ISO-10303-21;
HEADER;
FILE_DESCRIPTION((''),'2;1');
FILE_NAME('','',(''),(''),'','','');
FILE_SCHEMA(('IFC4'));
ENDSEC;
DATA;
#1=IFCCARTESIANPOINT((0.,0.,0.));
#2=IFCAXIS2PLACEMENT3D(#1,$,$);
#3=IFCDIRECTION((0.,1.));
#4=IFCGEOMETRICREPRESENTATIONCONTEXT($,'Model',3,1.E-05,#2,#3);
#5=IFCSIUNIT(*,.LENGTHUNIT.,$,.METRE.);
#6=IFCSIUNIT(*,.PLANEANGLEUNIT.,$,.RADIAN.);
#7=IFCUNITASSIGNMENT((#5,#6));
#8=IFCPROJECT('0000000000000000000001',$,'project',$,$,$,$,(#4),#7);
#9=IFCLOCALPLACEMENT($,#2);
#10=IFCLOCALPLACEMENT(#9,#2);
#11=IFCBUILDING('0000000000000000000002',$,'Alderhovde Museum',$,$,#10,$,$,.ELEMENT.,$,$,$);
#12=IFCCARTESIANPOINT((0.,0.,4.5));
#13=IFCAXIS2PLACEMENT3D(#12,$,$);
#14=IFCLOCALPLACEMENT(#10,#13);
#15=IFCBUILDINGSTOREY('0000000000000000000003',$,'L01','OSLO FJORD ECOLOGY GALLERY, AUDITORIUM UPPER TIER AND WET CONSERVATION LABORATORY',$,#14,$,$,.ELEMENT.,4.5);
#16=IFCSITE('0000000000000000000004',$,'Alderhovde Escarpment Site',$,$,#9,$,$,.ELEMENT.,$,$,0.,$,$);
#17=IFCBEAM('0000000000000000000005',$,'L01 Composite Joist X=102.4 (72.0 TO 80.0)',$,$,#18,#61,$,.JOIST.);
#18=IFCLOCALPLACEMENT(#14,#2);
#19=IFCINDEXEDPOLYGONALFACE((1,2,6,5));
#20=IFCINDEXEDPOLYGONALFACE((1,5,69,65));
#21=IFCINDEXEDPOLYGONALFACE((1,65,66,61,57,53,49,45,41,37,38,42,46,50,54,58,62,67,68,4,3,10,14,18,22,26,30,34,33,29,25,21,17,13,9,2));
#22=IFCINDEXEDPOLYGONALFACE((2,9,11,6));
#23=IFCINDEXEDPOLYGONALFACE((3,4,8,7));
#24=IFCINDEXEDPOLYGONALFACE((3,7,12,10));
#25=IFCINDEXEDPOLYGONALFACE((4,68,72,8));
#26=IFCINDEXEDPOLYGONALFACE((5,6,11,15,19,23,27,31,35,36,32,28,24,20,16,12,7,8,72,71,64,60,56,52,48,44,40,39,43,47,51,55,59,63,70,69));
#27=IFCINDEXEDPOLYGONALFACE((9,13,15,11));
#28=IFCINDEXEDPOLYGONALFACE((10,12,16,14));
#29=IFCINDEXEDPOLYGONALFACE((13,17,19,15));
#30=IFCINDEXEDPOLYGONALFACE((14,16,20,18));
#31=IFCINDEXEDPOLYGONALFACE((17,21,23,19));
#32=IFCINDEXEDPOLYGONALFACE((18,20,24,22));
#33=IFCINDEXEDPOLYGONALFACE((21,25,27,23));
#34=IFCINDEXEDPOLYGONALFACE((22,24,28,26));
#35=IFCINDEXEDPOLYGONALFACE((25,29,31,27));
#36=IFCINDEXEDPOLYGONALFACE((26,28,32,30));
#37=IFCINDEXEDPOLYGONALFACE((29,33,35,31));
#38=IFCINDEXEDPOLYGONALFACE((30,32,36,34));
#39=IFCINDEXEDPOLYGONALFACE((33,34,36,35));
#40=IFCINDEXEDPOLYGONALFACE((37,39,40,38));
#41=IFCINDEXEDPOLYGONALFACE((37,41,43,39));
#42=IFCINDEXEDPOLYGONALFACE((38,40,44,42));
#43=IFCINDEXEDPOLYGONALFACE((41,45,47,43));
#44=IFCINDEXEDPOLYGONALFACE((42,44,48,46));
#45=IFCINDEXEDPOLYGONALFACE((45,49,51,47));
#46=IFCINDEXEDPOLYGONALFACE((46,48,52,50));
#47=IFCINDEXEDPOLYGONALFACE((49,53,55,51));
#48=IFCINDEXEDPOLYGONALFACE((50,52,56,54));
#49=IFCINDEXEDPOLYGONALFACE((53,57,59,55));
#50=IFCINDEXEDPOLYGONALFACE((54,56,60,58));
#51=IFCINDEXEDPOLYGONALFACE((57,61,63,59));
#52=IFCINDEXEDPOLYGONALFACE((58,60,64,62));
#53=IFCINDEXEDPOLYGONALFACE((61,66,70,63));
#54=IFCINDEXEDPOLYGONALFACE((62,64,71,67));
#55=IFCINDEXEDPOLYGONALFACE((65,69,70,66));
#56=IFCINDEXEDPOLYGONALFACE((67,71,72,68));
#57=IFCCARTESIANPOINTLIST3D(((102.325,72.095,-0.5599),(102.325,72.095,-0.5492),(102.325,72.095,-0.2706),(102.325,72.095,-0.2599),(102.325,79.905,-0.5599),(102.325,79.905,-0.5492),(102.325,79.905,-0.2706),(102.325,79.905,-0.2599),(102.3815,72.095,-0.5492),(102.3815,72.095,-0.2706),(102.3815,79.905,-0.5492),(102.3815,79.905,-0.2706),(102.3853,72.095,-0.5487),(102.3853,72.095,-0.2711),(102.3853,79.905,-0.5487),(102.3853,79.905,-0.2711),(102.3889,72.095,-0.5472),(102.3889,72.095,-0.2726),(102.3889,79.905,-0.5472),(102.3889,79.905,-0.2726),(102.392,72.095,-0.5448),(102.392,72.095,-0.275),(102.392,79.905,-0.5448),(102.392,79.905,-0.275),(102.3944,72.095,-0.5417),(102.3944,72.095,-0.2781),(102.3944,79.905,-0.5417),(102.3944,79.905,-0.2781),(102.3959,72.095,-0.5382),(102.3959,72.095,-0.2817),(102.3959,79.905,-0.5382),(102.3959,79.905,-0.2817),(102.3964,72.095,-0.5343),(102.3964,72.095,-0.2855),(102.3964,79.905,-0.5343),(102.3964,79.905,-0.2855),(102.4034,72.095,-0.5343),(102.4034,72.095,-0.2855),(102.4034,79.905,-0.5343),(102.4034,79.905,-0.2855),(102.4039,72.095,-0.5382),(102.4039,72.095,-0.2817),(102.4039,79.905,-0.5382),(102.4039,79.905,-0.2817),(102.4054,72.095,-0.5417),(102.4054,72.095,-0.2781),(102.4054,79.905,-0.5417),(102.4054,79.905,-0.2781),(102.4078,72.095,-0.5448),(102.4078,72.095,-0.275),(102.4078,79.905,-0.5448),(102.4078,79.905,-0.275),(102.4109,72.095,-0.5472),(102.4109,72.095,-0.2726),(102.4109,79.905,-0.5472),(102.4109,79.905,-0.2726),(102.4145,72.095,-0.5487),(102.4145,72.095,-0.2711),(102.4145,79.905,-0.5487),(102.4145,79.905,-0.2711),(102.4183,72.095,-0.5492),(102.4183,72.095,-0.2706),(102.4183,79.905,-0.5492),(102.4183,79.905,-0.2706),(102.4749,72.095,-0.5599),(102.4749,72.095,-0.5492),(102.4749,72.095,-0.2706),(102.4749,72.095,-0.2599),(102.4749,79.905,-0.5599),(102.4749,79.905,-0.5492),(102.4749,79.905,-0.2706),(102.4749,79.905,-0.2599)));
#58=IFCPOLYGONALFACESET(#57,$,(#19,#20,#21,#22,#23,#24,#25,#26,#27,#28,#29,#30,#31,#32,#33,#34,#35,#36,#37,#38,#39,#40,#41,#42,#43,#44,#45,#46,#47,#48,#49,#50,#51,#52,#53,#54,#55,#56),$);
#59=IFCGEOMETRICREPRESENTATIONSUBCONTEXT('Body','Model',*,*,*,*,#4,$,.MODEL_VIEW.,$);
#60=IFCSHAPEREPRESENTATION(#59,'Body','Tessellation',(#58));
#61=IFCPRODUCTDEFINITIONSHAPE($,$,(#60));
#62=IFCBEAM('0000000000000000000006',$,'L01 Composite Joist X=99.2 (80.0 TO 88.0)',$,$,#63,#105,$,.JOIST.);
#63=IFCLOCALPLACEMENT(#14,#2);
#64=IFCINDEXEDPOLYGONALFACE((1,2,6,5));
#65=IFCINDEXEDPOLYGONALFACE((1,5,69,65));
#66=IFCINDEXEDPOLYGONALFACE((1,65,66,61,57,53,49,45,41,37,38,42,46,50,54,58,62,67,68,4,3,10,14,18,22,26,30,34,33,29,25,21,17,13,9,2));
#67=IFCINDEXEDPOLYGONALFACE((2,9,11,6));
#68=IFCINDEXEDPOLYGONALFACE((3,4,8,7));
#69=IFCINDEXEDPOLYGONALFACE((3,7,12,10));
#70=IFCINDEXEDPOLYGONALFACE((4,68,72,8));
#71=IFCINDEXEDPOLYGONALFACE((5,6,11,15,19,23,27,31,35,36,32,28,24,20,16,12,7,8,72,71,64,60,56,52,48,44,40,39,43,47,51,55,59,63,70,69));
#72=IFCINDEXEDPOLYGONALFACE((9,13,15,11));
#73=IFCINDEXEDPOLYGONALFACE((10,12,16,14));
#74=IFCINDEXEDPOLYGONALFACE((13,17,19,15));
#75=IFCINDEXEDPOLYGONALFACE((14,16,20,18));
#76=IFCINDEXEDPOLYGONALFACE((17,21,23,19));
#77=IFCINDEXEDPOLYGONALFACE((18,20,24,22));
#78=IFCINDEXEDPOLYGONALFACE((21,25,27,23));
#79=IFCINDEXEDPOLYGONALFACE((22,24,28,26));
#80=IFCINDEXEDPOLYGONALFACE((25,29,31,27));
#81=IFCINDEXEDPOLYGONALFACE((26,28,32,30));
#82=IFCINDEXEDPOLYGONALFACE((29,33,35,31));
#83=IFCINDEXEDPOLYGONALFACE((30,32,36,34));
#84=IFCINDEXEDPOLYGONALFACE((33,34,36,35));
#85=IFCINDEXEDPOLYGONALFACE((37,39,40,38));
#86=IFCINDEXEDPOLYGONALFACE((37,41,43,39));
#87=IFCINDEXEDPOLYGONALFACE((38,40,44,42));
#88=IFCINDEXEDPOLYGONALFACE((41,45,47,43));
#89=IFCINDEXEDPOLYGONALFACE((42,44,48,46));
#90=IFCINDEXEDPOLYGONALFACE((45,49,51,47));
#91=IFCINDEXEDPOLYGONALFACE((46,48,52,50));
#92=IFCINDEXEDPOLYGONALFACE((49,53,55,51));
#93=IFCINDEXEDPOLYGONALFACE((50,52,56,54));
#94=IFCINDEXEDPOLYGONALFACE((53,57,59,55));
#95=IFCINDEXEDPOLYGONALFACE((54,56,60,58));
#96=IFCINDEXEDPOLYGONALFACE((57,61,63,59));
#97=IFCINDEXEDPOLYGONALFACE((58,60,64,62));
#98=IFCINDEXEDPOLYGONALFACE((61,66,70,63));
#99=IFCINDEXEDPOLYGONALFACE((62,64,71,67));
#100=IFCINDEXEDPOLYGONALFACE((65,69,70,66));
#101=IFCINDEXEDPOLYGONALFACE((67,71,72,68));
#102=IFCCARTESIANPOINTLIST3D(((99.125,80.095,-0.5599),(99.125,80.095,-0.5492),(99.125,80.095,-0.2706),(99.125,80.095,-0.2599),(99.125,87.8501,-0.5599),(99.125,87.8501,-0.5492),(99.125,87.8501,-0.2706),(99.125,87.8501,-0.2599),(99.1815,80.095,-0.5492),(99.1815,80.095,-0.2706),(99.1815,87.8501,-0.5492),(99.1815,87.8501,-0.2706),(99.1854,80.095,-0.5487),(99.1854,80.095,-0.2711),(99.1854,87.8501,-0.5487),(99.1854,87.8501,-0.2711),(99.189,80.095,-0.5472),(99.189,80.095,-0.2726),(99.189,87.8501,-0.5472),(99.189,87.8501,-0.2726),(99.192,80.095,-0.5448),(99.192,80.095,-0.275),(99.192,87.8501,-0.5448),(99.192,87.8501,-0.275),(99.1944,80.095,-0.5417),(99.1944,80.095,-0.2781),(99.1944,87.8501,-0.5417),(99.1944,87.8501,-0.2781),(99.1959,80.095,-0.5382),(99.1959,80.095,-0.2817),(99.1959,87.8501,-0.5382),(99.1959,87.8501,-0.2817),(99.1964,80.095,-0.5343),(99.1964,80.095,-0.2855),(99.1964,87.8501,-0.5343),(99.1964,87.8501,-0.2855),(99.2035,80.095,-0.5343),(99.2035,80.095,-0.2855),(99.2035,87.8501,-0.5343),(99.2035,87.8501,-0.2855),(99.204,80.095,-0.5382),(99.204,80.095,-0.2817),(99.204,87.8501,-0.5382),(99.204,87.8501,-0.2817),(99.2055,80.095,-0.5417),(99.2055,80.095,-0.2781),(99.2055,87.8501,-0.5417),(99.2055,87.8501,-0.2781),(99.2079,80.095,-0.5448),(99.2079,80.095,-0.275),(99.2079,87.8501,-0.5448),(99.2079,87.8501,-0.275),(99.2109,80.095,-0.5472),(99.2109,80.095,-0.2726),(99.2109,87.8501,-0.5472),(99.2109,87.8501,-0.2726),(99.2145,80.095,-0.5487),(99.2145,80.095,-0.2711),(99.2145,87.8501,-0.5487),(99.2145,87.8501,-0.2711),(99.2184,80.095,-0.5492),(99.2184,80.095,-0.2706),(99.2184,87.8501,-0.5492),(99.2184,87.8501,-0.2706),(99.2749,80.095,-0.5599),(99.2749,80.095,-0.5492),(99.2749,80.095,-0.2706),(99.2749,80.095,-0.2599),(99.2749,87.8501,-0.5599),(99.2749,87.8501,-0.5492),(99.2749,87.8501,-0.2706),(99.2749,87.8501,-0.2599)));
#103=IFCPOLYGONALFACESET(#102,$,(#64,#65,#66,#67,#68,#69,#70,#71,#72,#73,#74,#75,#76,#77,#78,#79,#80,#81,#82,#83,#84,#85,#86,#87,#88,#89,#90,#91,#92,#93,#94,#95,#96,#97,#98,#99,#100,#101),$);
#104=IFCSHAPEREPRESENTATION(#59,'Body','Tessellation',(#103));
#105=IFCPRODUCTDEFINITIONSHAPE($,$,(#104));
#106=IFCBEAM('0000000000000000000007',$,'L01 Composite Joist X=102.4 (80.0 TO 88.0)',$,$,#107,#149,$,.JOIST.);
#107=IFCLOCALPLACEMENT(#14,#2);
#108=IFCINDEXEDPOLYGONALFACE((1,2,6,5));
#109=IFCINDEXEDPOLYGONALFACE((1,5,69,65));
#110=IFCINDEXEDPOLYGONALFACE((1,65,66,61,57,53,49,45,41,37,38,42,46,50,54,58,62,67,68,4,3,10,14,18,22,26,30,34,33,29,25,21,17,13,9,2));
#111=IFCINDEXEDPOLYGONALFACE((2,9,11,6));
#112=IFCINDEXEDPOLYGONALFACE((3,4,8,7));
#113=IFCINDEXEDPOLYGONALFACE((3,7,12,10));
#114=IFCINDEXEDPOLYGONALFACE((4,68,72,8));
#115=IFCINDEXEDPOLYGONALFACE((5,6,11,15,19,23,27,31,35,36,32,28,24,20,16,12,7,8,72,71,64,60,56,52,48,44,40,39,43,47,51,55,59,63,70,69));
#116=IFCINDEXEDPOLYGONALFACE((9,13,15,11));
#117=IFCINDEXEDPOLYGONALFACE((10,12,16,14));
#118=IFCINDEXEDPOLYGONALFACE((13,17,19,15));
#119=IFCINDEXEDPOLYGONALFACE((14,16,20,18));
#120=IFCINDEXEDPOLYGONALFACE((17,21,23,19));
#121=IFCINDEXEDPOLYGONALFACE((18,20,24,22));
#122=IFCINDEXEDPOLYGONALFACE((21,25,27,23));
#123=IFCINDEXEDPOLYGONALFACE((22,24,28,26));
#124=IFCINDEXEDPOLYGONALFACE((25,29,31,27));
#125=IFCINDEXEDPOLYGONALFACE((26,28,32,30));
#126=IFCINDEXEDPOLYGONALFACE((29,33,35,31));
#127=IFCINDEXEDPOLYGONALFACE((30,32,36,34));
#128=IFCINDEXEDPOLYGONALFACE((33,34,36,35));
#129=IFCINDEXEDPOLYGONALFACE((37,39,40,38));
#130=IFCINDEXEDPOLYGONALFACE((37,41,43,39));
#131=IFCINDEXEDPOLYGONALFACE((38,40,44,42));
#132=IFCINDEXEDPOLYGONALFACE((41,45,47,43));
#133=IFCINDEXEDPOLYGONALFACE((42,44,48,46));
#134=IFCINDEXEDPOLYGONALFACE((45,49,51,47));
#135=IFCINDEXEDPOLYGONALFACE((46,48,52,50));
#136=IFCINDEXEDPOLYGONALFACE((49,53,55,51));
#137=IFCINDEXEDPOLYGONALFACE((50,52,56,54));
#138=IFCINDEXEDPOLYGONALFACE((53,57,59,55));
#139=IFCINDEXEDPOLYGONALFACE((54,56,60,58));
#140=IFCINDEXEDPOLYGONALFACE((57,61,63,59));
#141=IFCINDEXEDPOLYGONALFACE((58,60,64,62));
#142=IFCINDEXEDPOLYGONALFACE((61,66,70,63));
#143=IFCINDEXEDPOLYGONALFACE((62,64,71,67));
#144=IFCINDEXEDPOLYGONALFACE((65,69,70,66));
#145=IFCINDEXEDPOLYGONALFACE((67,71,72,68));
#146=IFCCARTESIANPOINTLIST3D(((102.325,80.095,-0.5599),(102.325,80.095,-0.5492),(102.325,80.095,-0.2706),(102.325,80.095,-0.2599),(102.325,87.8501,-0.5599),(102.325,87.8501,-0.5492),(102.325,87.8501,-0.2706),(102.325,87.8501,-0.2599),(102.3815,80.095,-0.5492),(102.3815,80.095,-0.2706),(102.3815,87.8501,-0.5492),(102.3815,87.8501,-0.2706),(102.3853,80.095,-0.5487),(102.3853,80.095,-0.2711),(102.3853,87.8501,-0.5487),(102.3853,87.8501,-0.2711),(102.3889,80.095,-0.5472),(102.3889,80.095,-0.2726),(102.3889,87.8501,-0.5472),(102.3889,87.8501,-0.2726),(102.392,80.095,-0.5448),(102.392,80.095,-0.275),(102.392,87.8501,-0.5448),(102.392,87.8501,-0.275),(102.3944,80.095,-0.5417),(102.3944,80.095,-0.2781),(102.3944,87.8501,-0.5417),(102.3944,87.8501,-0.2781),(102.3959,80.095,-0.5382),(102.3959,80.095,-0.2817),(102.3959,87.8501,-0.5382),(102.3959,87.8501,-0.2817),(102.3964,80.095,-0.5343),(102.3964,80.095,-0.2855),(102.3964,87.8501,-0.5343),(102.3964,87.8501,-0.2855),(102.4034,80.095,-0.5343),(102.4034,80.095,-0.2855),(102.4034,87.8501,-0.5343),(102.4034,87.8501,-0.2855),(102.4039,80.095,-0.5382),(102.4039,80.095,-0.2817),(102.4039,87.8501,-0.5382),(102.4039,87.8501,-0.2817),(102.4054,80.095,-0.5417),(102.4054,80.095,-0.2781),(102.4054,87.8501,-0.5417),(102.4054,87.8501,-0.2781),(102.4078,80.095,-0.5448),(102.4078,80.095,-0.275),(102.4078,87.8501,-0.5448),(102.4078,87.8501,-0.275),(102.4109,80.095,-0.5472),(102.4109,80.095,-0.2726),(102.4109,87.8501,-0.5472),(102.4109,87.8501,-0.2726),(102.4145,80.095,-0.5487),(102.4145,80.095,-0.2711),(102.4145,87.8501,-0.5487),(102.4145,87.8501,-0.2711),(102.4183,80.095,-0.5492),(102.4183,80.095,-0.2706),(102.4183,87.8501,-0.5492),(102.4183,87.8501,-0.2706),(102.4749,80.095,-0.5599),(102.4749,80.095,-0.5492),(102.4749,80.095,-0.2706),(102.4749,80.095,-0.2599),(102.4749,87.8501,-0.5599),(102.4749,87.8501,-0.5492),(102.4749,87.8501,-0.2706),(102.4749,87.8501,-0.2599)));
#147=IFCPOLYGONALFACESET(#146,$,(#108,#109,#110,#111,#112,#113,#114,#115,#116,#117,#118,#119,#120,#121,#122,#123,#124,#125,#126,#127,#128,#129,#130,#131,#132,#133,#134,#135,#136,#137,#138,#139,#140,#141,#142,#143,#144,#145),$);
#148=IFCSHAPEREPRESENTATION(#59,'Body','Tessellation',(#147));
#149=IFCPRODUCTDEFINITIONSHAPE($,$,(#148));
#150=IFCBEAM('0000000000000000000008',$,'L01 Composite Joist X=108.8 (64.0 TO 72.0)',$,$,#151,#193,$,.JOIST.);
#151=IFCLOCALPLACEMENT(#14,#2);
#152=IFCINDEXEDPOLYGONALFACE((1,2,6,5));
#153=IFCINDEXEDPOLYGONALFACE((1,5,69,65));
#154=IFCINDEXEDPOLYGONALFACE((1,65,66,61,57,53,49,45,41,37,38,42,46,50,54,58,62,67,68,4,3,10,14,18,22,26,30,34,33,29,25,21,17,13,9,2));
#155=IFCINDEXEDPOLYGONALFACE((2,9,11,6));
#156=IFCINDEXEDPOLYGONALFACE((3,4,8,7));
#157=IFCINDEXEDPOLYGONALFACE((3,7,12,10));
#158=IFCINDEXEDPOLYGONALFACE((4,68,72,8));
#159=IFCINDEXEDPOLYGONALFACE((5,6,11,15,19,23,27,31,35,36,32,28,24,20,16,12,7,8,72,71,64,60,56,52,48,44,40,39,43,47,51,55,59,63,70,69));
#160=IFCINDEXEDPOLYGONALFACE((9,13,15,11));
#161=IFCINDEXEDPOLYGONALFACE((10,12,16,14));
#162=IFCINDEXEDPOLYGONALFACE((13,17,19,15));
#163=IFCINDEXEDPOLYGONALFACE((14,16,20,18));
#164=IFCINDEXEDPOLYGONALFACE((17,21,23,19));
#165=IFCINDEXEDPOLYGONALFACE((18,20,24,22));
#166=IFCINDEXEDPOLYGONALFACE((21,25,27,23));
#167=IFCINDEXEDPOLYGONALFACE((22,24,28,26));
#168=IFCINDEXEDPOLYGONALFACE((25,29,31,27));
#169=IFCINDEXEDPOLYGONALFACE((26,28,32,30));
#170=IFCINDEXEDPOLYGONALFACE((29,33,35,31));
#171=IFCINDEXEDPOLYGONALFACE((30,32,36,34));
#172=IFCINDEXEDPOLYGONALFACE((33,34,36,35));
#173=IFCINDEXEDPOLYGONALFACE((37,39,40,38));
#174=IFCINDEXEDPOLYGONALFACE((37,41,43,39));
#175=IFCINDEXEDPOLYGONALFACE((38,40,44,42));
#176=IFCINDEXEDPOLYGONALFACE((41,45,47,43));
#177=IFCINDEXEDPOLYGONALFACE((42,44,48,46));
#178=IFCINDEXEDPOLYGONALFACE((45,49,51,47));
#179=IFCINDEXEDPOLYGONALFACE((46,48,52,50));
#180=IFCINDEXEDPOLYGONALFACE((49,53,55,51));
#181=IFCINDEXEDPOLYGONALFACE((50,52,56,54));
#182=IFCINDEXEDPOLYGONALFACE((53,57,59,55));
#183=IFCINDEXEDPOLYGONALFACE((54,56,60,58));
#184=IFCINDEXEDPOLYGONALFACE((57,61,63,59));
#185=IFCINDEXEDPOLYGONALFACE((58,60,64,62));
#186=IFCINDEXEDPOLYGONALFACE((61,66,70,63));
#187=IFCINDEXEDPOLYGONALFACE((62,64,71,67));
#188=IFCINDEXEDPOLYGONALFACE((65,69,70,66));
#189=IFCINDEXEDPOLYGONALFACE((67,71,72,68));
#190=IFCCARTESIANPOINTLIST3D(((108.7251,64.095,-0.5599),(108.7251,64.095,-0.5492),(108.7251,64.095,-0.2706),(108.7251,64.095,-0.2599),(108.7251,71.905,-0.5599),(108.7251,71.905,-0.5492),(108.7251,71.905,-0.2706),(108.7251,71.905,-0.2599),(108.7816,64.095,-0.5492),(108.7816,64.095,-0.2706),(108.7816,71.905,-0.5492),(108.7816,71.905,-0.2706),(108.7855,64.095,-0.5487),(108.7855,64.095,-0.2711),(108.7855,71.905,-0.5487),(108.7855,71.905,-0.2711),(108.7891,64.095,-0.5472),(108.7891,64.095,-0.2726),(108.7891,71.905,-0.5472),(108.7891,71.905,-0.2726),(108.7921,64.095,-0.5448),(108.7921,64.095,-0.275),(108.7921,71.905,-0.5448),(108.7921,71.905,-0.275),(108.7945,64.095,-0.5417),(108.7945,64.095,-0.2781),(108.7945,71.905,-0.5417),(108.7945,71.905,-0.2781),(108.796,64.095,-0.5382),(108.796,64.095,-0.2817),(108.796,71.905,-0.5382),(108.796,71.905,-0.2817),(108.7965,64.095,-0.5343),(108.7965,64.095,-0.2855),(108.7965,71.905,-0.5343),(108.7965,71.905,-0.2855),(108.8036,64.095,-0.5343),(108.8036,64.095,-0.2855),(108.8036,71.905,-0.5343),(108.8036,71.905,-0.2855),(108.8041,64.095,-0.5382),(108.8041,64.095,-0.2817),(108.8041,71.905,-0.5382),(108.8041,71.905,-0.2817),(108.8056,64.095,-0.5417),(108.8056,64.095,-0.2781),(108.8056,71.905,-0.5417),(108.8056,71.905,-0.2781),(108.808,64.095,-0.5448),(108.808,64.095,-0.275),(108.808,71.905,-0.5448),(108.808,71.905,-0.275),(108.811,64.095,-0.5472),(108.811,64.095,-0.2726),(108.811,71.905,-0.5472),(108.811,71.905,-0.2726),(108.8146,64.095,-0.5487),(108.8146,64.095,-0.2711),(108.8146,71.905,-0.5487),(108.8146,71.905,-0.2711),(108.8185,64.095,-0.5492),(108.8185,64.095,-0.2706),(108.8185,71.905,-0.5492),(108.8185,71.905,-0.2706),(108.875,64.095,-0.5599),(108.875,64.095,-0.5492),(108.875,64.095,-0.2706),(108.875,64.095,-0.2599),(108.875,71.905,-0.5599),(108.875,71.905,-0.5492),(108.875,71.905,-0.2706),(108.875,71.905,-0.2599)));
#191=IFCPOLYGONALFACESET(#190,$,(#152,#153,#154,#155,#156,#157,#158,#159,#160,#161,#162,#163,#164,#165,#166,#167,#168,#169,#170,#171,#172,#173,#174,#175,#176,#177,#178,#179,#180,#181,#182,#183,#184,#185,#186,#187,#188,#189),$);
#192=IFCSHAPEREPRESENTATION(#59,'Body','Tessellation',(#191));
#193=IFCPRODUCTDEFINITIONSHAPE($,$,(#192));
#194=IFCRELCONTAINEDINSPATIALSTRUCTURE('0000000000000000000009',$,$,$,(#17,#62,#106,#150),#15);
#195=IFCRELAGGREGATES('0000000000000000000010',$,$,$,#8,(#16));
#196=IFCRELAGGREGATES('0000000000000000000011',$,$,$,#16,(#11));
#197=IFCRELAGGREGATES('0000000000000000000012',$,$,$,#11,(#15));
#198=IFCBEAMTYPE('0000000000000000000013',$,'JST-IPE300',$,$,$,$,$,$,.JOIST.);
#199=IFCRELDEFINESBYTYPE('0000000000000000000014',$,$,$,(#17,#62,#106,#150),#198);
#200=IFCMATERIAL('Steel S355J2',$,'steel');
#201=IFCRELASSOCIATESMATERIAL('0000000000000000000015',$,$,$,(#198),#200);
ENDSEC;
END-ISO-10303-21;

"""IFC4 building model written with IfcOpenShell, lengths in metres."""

from ifc_helpers import new_model, si_unit, direction, frame, origin, origin_2d, place, context, subcontext, project, spatial, i_section, extrude, material, material_profile, profile_set, type_object, element, save


model = new_model("IFC4")

# Units and contexts
model_context = context("Model", 3, precision=1e-05, world=origin(), true_north=direction((0.0, 1.0)))
body_context = subcontext(model_context, "Body", "Model", "MODEL_VIEW")
ifc_project = project(units=[si_unit("LENGTHUNIT", "METRE"), si_unit("PLANEANGLEUNIT", "RADIAN")], contexts=[model_context])

# Site, building, storey
site_placement = place(None, origin())
site = spatial("IfcSite", under=ifc_project, at=site_placement, Name="Alderhovde Escarpment Site", CompositionType="ELEMENT", RefElevation=0.0)
building_placement = place(site_placement, origin())
building = spatial("IfcBuilding", under=site, at=building_placement, Name="Alderhovde Museum", CompositionType="ELEMENT")
storey_placement = place(building_placement, frame((0.0, 0.0, 4.5)))
storey = spatial("IfcBuildingStorey", under=building, at=storey_placement, Name="L01", Description="OSLO FJORD ECOLOGY GALLERY, AUDITORIUM UPPER TIER AND WET CONSERVATION LABORATORY", CompositionType="ELEMENT", Elevation=4.5)

# Beams
ifc_material_1 = material(Name="Steel S355J2", Category="steel")
ifc_material_profile_1 = material_profile(ifc_material_1, i_section(OverallWidth=0.1499, OverallDepth=0.3, WebThickness=0.0071, FlangeThickness=0.0107, FilletRadius=0.0149, at=origin_2d()), Name="IPE 300")
ifc_profile_set_1 = profile_set([ifc_material_profile_1], Name="Steel S355J2")
beam_type_1 = type_object("IfcBeamType", Name="JST-IPE300", PredefinedType="JOIST", material=ifc_profile_set_1)
for number, where, z_axis, x_axis, name in (
    (1, (102.3999, 72.095, -0.4099), (0.0, 1.0, 0.0), (-1.0, 0.0, 0.0), "L01 Composite Joist X=102.4 (72.0 TO 80.0)"),
):
    element("IfcBeam", number, at=place(storey_placement, frame(where, z_axis=z_axis, x_axis=x_axis)), inside=storey, type_object=beam_type_1, Name=name, PredefinedType="JOIST", context=body_context, shape_type="SweptSolid", body=[
        extrude(i_section(OverallWidth=0.1499, OverallDepth=0.3, WebThickness=0.0071, FlangeThickness=0.0107, FilletRadius=0.0149, at=origin_2d()), origin(), (0.0, 0.0, 1.0), 7.8101),
    ])
for number, where, z_axis, x_axis, name in (
    (2, (99.2, 80.095, -0.4099), (0.0, 1.0, 0.0), (-1.0, 0.0, 0.0), "L01 Composite Joist X=99.2 (80.0 TO 88.0)"),
    (3, (102.3999, 80.095, -0.4099), (0.0, 1.0, 0.0), (-1.0, 0.0, 0.0), "L01 Composite Joist X=102.4 (80.0 TO 88.0)"),
):
    element("IfcBeam", number, at=place(storey_placement, frame(where, z_axis=z_axis, x_axis=x_axis)), inside=storey, type_object=beam_type_1, Name=name, PredefinedType="JOIST", context=body_context, shape_type="SweptSolid", body=[
        extrude(i_section(OverallWidth=0.1499, OverallDepth=0.3, WebThickness=0.0071, FlangeThickness=0.0107, FilletRadius=0.0149, at=origin_2d()), origin(), (0.0, 0.0, 1.0), 7.7551),
    ])
for number, where, z_axis, x_axis, name in (
    (4, (108.8, 64.095, -0.4099), (0.0, 1.0, 0.0), (-1.0, 0.0, 0.0), "L01 Composite Joist X=108.8 (64.0 TO 72.0)"),
):
    element("IfcBeam", number, at=place(storey_placement, frame(where, z_axis=z_axis, x_axis=x_axis)), inside=storey, type_object=beam_type_1, Name=name, PredefinedType="JOIST", context=body_context, shape_type="SweptSolid", body=[
        extrude(i_section(OverallWidth=0.1499, OverallDepth=0.3, WebThickness=0.0071, FlangeThickness=0.0107, FilletRadius=0.0149, at=origin_2d()), origin(), (0.0, 0.0, 1.0), 7.8101),
    ])

save(model, "model.ifc")
